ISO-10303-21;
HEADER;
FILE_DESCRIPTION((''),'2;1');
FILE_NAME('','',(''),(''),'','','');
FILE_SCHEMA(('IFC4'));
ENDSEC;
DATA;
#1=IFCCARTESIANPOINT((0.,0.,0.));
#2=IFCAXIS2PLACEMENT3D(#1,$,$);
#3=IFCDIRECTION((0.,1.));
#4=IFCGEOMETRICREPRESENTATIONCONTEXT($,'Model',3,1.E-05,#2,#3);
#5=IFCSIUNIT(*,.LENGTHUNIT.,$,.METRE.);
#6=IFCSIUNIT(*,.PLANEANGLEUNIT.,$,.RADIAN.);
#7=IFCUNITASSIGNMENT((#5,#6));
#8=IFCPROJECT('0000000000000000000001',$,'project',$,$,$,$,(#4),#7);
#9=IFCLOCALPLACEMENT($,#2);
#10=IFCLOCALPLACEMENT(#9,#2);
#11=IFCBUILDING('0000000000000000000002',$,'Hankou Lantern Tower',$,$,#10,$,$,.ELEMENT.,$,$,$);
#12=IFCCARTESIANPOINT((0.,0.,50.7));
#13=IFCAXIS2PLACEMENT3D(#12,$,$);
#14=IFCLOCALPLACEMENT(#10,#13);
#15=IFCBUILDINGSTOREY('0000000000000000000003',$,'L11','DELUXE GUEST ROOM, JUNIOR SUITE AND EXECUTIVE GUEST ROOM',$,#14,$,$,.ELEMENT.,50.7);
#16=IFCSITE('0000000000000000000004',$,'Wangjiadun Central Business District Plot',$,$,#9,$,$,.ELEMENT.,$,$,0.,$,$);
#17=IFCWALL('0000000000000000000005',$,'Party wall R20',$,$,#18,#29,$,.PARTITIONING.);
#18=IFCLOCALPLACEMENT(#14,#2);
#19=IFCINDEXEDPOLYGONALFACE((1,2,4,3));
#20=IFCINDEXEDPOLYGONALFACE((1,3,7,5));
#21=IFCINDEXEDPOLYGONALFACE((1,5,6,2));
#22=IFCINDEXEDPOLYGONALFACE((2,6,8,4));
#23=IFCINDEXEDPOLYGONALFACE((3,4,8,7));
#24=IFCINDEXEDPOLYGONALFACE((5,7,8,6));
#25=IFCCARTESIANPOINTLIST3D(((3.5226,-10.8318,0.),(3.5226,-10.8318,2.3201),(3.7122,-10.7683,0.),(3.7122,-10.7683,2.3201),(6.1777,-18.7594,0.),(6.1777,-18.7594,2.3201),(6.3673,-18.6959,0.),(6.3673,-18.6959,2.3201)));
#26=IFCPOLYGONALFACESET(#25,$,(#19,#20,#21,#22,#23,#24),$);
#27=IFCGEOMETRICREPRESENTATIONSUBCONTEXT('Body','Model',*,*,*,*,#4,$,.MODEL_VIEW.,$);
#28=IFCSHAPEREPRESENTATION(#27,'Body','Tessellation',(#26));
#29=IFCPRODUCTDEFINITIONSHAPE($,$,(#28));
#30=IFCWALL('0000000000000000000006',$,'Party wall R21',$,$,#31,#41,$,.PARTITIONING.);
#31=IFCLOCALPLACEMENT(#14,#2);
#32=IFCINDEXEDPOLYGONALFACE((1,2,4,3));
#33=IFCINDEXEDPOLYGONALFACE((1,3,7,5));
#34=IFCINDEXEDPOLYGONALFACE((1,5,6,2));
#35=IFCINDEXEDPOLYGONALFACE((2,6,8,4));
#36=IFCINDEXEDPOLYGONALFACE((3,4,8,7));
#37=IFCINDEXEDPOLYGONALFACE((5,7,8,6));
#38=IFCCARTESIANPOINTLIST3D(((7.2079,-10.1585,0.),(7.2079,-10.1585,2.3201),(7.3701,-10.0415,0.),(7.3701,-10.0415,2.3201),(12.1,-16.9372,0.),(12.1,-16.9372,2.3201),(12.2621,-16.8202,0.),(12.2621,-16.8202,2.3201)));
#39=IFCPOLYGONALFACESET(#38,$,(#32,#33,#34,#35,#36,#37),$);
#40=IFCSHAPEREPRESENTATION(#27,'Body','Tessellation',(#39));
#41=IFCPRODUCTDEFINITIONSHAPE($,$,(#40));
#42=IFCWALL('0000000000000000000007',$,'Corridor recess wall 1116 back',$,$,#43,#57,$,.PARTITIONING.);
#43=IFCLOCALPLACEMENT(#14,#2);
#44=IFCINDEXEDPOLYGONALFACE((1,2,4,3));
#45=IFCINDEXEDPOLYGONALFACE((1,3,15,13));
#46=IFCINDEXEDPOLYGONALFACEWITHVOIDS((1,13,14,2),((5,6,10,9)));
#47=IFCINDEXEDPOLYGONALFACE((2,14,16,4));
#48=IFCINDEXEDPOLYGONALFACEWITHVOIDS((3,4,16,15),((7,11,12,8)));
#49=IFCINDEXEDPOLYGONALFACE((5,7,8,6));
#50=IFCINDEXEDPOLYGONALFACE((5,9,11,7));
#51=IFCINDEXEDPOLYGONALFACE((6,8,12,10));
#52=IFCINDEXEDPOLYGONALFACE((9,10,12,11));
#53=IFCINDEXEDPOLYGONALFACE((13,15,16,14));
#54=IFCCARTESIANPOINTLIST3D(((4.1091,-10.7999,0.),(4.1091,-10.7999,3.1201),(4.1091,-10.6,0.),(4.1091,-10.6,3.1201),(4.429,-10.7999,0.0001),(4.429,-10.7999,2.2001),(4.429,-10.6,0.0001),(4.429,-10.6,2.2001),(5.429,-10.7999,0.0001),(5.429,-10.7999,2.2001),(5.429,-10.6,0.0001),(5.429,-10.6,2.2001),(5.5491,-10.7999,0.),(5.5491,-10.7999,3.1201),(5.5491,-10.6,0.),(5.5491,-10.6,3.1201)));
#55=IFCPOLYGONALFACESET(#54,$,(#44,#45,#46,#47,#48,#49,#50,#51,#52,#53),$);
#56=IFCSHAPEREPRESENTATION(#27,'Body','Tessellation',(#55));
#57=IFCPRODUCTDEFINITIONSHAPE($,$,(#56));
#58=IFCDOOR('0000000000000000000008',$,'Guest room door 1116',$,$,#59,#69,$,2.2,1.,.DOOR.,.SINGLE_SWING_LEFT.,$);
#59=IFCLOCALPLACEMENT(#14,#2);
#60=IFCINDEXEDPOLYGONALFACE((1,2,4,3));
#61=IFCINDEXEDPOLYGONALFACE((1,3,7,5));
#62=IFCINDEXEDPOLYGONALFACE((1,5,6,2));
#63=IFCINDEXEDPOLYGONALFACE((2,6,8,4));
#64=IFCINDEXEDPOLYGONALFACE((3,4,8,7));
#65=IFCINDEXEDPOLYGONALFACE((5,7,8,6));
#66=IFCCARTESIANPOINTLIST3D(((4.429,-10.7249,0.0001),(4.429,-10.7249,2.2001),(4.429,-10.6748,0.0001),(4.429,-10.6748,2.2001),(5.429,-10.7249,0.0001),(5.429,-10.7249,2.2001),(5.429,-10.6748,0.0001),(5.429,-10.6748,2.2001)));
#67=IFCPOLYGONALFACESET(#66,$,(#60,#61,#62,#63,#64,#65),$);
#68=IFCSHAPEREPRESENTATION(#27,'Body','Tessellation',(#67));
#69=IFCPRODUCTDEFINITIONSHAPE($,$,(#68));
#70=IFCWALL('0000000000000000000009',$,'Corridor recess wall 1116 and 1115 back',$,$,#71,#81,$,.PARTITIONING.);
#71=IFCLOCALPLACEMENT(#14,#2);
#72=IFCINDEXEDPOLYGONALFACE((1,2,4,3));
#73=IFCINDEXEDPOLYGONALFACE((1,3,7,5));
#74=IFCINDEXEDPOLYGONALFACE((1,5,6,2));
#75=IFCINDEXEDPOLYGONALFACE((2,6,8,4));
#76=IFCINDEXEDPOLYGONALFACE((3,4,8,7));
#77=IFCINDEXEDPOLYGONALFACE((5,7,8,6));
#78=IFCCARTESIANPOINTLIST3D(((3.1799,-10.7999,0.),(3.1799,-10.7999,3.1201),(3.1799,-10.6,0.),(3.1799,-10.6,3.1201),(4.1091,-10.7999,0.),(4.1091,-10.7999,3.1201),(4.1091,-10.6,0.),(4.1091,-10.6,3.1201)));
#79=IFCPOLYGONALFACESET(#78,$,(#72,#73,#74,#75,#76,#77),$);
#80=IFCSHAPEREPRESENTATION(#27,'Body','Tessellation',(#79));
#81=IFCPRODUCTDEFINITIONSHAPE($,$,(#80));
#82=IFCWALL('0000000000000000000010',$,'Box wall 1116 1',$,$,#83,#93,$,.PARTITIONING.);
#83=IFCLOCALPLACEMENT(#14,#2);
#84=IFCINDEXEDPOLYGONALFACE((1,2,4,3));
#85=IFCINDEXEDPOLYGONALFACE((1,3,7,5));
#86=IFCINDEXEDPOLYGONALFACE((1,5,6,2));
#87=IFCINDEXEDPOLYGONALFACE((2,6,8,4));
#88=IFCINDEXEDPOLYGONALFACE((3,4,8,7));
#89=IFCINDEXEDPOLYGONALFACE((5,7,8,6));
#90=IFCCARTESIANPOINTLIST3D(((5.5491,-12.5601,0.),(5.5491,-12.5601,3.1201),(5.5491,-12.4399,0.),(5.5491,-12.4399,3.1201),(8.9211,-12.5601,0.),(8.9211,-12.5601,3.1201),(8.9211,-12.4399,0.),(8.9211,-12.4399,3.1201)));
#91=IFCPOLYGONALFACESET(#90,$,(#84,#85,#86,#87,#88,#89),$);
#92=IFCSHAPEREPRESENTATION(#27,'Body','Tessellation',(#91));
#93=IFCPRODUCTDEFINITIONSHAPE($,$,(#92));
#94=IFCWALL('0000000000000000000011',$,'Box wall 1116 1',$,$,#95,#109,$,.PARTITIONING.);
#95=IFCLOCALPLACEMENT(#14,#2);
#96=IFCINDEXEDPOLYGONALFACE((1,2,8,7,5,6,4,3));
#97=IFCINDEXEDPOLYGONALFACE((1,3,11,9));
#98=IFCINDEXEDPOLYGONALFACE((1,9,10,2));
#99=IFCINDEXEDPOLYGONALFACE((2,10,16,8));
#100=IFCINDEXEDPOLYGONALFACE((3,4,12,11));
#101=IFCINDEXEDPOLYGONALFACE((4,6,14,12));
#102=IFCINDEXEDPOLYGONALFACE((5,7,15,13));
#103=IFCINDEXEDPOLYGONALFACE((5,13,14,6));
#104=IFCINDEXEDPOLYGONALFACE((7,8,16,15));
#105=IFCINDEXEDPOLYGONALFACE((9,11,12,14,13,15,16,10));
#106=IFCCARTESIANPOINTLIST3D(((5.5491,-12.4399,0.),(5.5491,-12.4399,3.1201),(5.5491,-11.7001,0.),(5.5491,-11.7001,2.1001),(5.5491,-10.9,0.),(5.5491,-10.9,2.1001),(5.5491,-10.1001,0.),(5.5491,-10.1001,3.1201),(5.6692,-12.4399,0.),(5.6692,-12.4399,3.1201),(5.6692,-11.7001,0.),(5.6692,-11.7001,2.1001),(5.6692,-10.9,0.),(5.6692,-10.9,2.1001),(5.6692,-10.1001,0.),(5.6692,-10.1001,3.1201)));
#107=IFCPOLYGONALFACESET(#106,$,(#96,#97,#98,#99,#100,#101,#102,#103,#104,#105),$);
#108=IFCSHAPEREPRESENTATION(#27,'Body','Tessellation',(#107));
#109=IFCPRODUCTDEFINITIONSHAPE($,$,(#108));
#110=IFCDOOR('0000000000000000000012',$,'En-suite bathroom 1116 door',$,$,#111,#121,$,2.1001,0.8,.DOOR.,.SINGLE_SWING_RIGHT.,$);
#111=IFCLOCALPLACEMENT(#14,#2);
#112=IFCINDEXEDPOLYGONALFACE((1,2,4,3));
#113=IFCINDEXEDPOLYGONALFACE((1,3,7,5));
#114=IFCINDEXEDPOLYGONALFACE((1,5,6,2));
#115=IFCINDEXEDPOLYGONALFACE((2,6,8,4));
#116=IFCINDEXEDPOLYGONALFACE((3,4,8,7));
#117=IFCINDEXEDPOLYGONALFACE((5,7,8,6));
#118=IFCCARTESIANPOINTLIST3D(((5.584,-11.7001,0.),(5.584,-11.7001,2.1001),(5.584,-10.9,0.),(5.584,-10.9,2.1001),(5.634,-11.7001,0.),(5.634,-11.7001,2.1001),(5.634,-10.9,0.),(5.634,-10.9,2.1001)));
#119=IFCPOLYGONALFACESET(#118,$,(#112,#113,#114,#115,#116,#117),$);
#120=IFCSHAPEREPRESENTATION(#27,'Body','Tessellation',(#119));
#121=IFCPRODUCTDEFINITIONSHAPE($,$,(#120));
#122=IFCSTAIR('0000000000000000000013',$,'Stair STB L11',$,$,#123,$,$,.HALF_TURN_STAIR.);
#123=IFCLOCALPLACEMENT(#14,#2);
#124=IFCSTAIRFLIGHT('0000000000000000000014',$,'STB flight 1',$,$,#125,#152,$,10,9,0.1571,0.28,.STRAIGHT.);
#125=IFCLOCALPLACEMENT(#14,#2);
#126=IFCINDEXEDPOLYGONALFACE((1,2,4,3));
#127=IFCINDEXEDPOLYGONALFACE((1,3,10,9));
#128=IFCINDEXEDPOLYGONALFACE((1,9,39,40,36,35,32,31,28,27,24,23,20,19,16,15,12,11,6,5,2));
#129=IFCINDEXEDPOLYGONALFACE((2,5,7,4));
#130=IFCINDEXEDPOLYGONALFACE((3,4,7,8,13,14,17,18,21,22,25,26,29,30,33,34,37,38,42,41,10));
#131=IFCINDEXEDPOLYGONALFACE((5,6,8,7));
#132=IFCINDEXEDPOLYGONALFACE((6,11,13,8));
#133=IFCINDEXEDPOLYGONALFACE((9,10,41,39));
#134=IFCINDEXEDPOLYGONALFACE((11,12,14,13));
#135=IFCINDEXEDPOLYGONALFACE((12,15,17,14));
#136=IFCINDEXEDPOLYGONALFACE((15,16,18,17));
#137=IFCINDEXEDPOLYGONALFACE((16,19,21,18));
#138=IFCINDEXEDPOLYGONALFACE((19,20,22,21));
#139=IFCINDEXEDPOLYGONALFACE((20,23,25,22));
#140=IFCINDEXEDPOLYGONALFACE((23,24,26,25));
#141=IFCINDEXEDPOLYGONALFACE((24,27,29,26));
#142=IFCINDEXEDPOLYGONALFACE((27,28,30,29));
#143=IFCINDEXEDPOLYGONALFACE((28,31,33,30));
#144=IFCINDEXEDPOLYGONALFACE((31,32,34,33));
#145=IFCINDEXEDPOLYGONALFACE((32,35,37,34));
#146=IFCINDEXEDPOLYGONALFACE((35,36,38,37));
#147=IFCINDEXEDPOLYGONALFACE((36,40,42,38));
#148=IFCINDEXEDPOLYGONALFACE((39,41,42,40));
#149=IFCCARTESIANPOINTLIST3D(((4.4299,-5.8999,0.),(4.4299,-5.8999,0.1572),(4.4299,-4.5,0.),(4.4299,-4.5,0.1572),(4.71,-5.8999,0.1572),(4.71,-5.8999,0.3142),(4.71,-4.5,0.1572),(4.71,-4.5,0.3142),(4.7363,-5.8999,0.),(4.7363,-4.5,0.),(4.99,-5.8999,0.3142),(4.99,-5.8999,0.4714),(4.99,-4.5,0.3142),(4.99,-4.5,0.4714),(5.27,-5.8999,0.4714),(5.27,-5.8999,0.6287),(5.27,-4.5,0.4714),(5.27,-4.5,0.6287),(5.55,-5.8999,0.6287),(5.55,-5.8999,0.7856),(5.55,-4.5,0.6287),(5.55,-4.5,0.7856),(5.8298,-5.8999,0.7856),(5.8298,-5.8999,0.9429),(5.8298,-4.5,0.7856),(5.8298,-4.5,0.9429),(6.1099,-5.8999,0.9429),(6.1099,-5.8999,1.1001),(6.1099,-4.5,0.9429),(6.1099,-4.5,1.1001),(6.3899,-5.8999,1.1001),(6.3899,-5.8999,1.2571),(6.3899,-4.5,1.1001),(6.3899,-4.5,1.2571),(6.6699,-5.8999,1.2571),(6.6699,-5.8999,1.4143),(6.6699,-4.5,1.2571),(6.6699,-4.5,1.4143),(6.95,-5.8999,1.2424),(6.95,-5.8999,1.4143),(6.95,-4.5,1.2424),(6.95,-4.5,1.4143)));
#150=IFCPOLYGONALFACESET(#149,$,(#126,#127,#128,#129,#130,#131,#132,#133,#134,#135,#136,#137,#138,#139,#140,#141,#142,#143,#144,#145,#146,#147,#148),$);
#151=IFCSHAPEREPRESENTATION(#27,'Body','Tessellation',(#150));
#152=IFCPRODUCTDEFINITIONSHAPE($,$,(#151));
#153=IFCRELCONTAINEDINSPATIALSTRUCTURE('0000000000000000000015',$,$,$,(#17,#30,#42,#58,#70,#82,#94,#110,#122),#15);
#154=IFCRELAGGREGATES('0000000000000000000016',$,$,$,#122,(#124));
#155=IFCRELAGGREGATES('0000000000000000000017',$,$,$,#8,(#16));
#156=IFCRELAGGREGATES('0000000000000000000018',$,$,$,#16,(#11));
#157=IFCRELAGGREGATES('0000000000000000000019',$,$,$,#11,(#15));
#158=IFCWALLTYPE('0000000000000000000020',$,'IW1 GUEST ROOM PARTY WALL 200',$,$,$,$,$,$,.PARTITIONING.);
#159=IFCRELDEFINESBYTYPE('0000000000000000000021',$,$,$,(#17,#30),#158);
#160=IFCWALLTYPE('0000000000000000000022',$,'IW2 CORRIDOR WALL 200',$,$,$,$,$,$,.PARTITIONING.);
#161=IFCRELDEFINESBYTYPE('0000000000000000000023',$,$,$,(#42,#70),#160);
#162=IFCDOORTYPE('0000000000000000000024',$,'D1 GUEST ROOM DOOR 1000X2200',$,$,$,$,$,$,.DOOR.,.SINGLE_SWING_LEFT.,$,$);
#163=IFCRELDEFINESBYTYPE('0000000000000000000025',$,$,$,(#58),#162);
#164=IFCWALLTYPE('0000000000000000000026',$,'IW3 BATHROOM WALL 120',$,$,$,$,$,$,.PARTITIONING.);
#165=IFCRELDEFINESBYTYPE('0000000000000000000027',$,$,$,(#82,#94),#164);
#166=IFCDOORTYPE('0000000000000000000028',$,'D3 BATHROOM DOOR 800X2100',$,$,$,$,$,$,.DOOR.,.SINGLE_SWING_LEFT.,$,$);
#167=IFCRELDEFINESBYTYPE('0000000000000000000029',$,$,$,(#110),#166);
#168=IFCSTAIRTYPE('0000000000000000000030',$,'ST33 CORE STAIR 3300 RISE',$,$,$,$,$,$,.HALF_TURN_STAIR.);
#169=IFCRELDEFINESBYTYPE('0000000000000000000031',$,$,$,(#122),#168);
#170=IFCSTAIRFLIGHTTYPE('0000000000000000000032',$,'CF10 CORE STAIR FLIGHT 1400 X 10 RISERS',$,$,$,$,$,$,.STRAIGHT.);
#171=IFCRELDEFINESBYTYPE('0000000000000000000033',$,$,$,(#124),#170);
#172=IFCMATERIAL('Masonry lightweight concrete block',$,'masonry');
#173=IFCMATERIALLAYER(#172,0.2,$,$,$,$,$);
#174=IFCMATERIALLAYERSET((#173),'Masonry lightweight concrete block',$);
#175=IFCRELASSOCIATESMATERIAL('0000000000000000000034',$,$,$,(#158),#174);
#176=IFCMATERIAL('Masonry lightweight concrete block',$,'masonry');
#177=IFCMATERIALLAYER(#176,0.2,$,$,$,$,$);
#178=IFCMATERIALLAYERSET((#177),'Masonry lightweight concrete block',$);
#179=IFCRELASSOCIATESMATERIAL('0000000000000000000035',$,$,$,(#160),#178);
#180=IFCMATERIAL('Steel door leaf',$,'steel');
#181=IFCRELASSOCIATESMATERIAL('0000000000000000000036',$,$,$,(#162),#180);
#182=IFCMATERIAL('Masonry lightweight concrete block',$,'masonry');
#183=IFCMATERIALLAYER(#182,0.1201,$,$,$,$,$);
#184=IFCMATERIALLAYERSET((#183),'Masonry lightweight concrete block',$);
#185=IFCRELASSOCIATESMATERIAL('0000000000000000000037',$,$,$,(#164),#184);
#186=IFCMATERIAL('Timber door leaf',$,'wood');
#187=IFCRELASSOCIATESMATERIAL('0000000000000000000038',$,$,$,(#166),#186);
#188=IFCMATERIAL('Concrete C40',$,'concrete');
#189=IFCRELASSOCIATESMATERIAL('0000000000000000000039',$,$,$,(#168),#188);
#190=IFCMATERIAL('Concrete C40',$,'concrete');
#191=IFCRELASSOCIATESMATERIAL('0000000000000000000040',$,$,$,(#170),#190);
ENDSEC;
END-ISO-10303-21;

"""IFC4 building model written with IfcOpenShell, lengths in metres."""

from ifc_helpers import new_model, si_unit, direction, frame, frame_2d, origin, place, context, subcontext, project, spatial, polyline, rectangle, outline, extrude, material, layer, layer_set, type_object, element, fill, aggregate, save


model = new_model("IFC4")

# Units and contexts
model_context = context("Model", 3, precision=1e-05, world=origin(), true_north=direction((0.0, 1.0)))
body_context = subcontext(model_context, "Body", "Model", "MODEL_VIEW")
ifc_project = project(units=[si_unit("LENGTHUNIT", "METRE"), si_unit("PLANEANGLEUNIT", "RADIAN")], contexts=[model_context])

# Site, building, storey
site_placement = place(None, origin())
site = spatial("IfcSite", under=ifc_project, at=site_placement, Name="Wangjiadun Central Business District Plot", CompositionType="ELEMENT", RefElevation=0.0)
building_placement = place(site_placement, origin())
building = spatial("IfcBuilding", under=site, at=building_placement, Name="Hankou Lantern Tower", CompositionType="ELEMENT")
storey_placement = place(building_placement, frame((0.0, 0.0, 50.7)))
storey = spatial("IfcBuildingStorey", under=building, at=storey_placement, Name="L11", Description="DELUXE GUEST ROOM, JUNIOR SUITE AND EXECUTIVE GUEST ROOM", CompositionType="ELEMENT", Elevation=50.7)

# Walls
ifc_material_1 = material(Name="Masonry lightweight concrete block", Category="masonry")
ifc_layer_1 = layer(ifc_material_1, 0.2)
ifc_layer_set_1 = layer_set([ifc_layer_1], Name="Masonry lightweight concrete block")
wall_type_1 = type_object("IfcWallType", Name="IW1 GUEST ROOM PARTY WALL 200", PredefinedType="PARTITIONING", material=ifc_layer_set_1)
wall_1_placement = place(storey_placement, frame((3.6174, -10.8, 0.0), z_axis=(0.0, 0.0, 1.0), x_axis=(0.317577, -0.948233, 0.0)))
element("IfcWall", 1, at=wall_1_placement, inside=storey, type_object=wall_type_1, Name="Party wall R20", PredefinedType="PARTITIONING", context=body_context, shape_type="SweptSolid", body=[
    extrude(rectangle(XDim=8.3604, YDim=0.2, at=frame_2d((4.1802, 0.0))), origin(), (0.0, 0.0, 1.0), 2.3201),
])
wall_2_placement = place(storey_placement, frame((7.2891, -10.1001, 0.0), z_axis=(0.0, 0.0, 1.0), x_axis=(0.585198, -0.81089, 0.0)))
element("IfcWall", 2, at=wall_2_placement, inside=storey, type_object=wall_type_1, Name="Party wall R21", PredefinedType="PARTITIONING", context=body_context, shape_type="SweptSolid", body=[
    extrude(rectangle(XDim=8.3596, YDim=0.2, at=frame_2d((4.1797, 0.0))), origin(), (0.0, 0.0, 1.0), 2.3201),
])

# Wall, opening, door
ifc_material_2 = material(Name="Masonry lightweight concrete block", Category="masonry")
ifc_layer_2 = layer(ifc_material_2, 0.2)
ifc_layer_set_2 = layer_set([ifc_layer_2], Name="Masonry lightweight concrete block")
wall_type_2 = type_object("IfcWallType", Name="IW2 CORRIDOR WALL 200", PredefinedType="PARTITIONING", material=ifc_layer_set_2)
wall_3_placement = place(storey_placement, frame((5.5491, -10.7, 0.0), z_axis=(0.0, 0.0, 1.0), x_axis=(-1.0, 0.0, 0.0)))
wall_3 = element("IfcWall", 3, at=wall_3_placement, inside=storey, type_object=wall_type_2, Name="Corridor recess wall 1116 back", PredefinedType="PARTITIONING", context=body_context, shape_type="SweptSolid", body=[
    extrude(rectangle(XDim=1.4399, YDim=0.2, at=frame_2d((0.72, 0.0))), origin(), (0.0, 0.0, 1.0), 3.1201),
])
opening_1_placement = place(wall_3_placement, frame((0.1201, 0.0, 0.0)))
opening_1 = element("IfcOpeningElement", 4, at=opening_1_placement, cuts=wall_3, PredefinedType="OPENING", context=body_context, shape_type="SweptSolid", body=[
    extrude(rectangle(XDim=1.0, YDim=2.2, at=frame_2d((0.5, 1.1001))), frame((0.0, 0.1099, 0.0), z_axis=(0.0, -1.0, 0.0), x_axis=(1.0, 0.0, 0.0)), (0.0, 0.0, 1.0), 0.22),
])
ifc_material_3 = material(Name="Steel door leaf", Category="steel")
door_type_1 = type_object("IfcDoorType", Name="D1 GUEST ROOM DOOR 1000X2200", OperationType="SINGLE_SWING_LEFT", PredefinedType="DOOR", material=ifc_material_3)
door_1_placement = place(opening_1_placement, origin())
door_1 = element("IfcDoor", 5, at=door_1_placement, inside=storey, type_object=door_type_1, Name="Guest room door 1116", OperationType="SINGLE_SWING_LEFT", OverallHeight=2.2, OverallWidth=1.0, PredefinedType="DOOR", context=body_context, shape_type="SweptSolid", body=[
    extrude(rectangle(XDim=1.0, YDim=2.2, at=frame_2d((0.5, 1.1001))), frame((0.0, 0.0249, 0.0), z_axis=(0.0, -1.0, 0.0), x_axis=(1.0, 0.0, 0.0)), (0.0, 0.0, 1.0), 0.05),
])
fill(opening_1, door_1)

# Walls
wall_4_placement = place(storey_placement, frame((4.1091, -10.7, 0.0), z_axis=(0.0, 0.0, 1.0), x_axis=(-1.0, 0.0, 0.0)))
element("IfcWall", 6, at=wall_4_placement, inside=storey, type_object=wall_type_2, Name="Corridor recess wall 1116 and 1115 back", PredefinedType="PARTITIONING", context=body_context, shape_type="SweptSolid", body=[
    extrude(rectangle(XDim=0.9292, YDim=0.2, at=frame_2d((0.4646, 0.0))), origin(), (0.0, 0.0, 1.0), 3.1201),
])
ifc_material_4 = material(Name="Masonry lightweight concrete block", Category="masonry")
ifc_layer_3 = layer(ifc_material_4, 0.1201)
ifc_layer_set_3 = layer_set([ifc_layer_3], Name="Masonry lightweight concrete block")
wall_type_3 = type_object("IfcWallType", Name="IW3 BATHROOM WALL 120", PredefinedType="PARTITIONING", material=ifc_layer_set_3)
wall_5_placement = place(storey_placement, frame((8.9211, -12.5, 0.0), z_axis=(0.0, 0.0, 1.0), x_axis=(-1.0, 0.0, 0.0)))
element("IfcWall", 7, at=wall_5_placement, inside=storey, type_object=wall_type_3, Name="Box wall 1116 1", PredefinedType="PARTITIONING", context=body_context, shape_type="SweptSolid", body=[
    extrude(rectangle(XDim=3.3721, YDim=0.1201, at=frame_2d((1.686, 0.0))), origin(), (0.0, 0.0, 1.0), 3.1201),
])

# Wall, opening, door
wall_6_placement = place(storey_placement, frame((5.6091, -10.1001, 0.0), z_axis=(0.0, 0.0, 1.0), x_axis=(0.0, -1.0, 0.0)))
wall_6 = element("IfcWall", 8, at=wall_6_placement, inside=storey, type_object=wall_type_3, Name="Box wall 1116 1", PredefinedType="PARTITIONING", context=body_context, shape_type="SweptSolid", body=[
    extrude(rectangle(XDim=2.3398, YDim=0.1201, at=frame_2d((1.1699, 0.0))), origin(), (0.0, 0.0, 1.0), 3.1201),
])
opening_2_placement = place(wall_6_placement, frame((0.8, 0.0, 0.0)))
opening_2 = element("IfcOpeningElement", 9, at=opening_2_placement, cuts=wall_6, PredefinedType="OPENING", context=body_context, shape_type="SweptSolid", body=[
    extrude(rectangle(XDim=0.8, YDim=2.1001, at=frame_2d((0.3999, 1.05))), frame((0.0, 0.0701, 0.0), z_axis=(0.0, -1.0, 0.0), x_axis=(1.0, 0.0, 0.0)), (0.0, 0.0, 1.0), 0.1401),
])
ifc_material_5 = material(Name="Timber door leaf", Category="wood")
door_type_2 = type_object("IfcDoorType", Name="D3 BATHROOM DOOR 800X2100", OperationType="SINGLE_SWING_LEFT", PredefinedType="DOOR", material=ifc_material_5)
door_2_placement = place(opening_2_placement, origin())
door_2 = element("IfcDoor", 10, at=door_2_placement, inside=storey, type_object=door_type_2, Name="En-suite bathroom 1116 door", OperationType="SINGLE_SWING_RIGHT", OverallHeight=2.1001, OverallWidth=0.8, PredefinedType="DOOR", context=body_context, shape_type="SweptSolid", body=[
    extrude(rectangle(XDim=0.8, YDim=2.1001, at=frame_2d((0.3999, 1.05))), frame((0.0, 0.0249, 0.0), z_axis=(0.0, -1.0, 0.0), x_axis=(1.0, 0.0, 0.0)), (0.0, 0.0, 1.0), 0.05),
])
fill(opening_2, door_2)

# Stair, stair flight
ifc_material_6 = material(Name="Concrete C40", Category="concrete")
stair_type = type_object("IfcStairType", Name="ST33 CORE STAIR 3300 RISE", PredefinedType="HALF_TURN_STAIR", material=ifc_material_6)
stair_placement = place(storey_placement, origin())
stair = element("IfcStair", 11, at=stair_placement, inside=storey, type_object=stair_type, Name="Stair STB L11", PredefinedType="HALF_TURN_STAIR")
ifc_material_7 = material(Name="Concrete C40", Category="concrete")
stair_flight_type_1 = type_object("IfcStairFlightType", Name="CF10 CORE STAIR FLIGHT 1400 X 10 RISERS", PredefinedType="STRAIGHT", material=ifc_material_7)
stair_flight_1_placement = place(storey_placement, frame((4.4299, -5.2, 0.0), z_axis=(0.0, 0.0, 1.0), x_axis=(1.0, 0.0, 0.0)))
stair_flight_1 = element("IfcStairFlight", 12, at=stair_flight_1_placement, type_object=stair_flight_type_1, Name="STB flight 1", NumberOfRisers=10, NumberOfTreads=9, PredefinedType="STRAIGHT", RiserHeight=0.1571, TreadLength=0.28, context=body_context, shape_type="SweptSolid", body=[
    extrude(outline(polyline([(0.0, 0.0), (0.0, 0.1572), (0.28, 0.1572), (0.28, 0.3142), (0.5601, 0.3142), (0.5601, 0.4714), (0.8401, 0.4714), (0.8401, 0.6287), (1.1201, 0.6287), (1.1201, 0.7856), (1.3999, 0.7856), (1.3999, 0.9429), (1.6799, 0.9429), (1.6799, 1.1001), (1.96, 1.1001), (1.96, 1.2571), (2.24, 1.2571), (2.24, 1.4143), (2.52, 1.4143), (2.52, 1.5715), (2.52, 1.2424), (0.3064, 0.0), (0.0, 0.0)])), frame((0.0, 0.7, 0.0), z_axis=(0.0, -1.0, 0.0), x_axis=(1.0, 0.0, 0.0)), (0.0, 0.0, 1.0), 1.3999),
])
aggregate(stair, [stair_flight_1])

save(model, "model.ifc")
